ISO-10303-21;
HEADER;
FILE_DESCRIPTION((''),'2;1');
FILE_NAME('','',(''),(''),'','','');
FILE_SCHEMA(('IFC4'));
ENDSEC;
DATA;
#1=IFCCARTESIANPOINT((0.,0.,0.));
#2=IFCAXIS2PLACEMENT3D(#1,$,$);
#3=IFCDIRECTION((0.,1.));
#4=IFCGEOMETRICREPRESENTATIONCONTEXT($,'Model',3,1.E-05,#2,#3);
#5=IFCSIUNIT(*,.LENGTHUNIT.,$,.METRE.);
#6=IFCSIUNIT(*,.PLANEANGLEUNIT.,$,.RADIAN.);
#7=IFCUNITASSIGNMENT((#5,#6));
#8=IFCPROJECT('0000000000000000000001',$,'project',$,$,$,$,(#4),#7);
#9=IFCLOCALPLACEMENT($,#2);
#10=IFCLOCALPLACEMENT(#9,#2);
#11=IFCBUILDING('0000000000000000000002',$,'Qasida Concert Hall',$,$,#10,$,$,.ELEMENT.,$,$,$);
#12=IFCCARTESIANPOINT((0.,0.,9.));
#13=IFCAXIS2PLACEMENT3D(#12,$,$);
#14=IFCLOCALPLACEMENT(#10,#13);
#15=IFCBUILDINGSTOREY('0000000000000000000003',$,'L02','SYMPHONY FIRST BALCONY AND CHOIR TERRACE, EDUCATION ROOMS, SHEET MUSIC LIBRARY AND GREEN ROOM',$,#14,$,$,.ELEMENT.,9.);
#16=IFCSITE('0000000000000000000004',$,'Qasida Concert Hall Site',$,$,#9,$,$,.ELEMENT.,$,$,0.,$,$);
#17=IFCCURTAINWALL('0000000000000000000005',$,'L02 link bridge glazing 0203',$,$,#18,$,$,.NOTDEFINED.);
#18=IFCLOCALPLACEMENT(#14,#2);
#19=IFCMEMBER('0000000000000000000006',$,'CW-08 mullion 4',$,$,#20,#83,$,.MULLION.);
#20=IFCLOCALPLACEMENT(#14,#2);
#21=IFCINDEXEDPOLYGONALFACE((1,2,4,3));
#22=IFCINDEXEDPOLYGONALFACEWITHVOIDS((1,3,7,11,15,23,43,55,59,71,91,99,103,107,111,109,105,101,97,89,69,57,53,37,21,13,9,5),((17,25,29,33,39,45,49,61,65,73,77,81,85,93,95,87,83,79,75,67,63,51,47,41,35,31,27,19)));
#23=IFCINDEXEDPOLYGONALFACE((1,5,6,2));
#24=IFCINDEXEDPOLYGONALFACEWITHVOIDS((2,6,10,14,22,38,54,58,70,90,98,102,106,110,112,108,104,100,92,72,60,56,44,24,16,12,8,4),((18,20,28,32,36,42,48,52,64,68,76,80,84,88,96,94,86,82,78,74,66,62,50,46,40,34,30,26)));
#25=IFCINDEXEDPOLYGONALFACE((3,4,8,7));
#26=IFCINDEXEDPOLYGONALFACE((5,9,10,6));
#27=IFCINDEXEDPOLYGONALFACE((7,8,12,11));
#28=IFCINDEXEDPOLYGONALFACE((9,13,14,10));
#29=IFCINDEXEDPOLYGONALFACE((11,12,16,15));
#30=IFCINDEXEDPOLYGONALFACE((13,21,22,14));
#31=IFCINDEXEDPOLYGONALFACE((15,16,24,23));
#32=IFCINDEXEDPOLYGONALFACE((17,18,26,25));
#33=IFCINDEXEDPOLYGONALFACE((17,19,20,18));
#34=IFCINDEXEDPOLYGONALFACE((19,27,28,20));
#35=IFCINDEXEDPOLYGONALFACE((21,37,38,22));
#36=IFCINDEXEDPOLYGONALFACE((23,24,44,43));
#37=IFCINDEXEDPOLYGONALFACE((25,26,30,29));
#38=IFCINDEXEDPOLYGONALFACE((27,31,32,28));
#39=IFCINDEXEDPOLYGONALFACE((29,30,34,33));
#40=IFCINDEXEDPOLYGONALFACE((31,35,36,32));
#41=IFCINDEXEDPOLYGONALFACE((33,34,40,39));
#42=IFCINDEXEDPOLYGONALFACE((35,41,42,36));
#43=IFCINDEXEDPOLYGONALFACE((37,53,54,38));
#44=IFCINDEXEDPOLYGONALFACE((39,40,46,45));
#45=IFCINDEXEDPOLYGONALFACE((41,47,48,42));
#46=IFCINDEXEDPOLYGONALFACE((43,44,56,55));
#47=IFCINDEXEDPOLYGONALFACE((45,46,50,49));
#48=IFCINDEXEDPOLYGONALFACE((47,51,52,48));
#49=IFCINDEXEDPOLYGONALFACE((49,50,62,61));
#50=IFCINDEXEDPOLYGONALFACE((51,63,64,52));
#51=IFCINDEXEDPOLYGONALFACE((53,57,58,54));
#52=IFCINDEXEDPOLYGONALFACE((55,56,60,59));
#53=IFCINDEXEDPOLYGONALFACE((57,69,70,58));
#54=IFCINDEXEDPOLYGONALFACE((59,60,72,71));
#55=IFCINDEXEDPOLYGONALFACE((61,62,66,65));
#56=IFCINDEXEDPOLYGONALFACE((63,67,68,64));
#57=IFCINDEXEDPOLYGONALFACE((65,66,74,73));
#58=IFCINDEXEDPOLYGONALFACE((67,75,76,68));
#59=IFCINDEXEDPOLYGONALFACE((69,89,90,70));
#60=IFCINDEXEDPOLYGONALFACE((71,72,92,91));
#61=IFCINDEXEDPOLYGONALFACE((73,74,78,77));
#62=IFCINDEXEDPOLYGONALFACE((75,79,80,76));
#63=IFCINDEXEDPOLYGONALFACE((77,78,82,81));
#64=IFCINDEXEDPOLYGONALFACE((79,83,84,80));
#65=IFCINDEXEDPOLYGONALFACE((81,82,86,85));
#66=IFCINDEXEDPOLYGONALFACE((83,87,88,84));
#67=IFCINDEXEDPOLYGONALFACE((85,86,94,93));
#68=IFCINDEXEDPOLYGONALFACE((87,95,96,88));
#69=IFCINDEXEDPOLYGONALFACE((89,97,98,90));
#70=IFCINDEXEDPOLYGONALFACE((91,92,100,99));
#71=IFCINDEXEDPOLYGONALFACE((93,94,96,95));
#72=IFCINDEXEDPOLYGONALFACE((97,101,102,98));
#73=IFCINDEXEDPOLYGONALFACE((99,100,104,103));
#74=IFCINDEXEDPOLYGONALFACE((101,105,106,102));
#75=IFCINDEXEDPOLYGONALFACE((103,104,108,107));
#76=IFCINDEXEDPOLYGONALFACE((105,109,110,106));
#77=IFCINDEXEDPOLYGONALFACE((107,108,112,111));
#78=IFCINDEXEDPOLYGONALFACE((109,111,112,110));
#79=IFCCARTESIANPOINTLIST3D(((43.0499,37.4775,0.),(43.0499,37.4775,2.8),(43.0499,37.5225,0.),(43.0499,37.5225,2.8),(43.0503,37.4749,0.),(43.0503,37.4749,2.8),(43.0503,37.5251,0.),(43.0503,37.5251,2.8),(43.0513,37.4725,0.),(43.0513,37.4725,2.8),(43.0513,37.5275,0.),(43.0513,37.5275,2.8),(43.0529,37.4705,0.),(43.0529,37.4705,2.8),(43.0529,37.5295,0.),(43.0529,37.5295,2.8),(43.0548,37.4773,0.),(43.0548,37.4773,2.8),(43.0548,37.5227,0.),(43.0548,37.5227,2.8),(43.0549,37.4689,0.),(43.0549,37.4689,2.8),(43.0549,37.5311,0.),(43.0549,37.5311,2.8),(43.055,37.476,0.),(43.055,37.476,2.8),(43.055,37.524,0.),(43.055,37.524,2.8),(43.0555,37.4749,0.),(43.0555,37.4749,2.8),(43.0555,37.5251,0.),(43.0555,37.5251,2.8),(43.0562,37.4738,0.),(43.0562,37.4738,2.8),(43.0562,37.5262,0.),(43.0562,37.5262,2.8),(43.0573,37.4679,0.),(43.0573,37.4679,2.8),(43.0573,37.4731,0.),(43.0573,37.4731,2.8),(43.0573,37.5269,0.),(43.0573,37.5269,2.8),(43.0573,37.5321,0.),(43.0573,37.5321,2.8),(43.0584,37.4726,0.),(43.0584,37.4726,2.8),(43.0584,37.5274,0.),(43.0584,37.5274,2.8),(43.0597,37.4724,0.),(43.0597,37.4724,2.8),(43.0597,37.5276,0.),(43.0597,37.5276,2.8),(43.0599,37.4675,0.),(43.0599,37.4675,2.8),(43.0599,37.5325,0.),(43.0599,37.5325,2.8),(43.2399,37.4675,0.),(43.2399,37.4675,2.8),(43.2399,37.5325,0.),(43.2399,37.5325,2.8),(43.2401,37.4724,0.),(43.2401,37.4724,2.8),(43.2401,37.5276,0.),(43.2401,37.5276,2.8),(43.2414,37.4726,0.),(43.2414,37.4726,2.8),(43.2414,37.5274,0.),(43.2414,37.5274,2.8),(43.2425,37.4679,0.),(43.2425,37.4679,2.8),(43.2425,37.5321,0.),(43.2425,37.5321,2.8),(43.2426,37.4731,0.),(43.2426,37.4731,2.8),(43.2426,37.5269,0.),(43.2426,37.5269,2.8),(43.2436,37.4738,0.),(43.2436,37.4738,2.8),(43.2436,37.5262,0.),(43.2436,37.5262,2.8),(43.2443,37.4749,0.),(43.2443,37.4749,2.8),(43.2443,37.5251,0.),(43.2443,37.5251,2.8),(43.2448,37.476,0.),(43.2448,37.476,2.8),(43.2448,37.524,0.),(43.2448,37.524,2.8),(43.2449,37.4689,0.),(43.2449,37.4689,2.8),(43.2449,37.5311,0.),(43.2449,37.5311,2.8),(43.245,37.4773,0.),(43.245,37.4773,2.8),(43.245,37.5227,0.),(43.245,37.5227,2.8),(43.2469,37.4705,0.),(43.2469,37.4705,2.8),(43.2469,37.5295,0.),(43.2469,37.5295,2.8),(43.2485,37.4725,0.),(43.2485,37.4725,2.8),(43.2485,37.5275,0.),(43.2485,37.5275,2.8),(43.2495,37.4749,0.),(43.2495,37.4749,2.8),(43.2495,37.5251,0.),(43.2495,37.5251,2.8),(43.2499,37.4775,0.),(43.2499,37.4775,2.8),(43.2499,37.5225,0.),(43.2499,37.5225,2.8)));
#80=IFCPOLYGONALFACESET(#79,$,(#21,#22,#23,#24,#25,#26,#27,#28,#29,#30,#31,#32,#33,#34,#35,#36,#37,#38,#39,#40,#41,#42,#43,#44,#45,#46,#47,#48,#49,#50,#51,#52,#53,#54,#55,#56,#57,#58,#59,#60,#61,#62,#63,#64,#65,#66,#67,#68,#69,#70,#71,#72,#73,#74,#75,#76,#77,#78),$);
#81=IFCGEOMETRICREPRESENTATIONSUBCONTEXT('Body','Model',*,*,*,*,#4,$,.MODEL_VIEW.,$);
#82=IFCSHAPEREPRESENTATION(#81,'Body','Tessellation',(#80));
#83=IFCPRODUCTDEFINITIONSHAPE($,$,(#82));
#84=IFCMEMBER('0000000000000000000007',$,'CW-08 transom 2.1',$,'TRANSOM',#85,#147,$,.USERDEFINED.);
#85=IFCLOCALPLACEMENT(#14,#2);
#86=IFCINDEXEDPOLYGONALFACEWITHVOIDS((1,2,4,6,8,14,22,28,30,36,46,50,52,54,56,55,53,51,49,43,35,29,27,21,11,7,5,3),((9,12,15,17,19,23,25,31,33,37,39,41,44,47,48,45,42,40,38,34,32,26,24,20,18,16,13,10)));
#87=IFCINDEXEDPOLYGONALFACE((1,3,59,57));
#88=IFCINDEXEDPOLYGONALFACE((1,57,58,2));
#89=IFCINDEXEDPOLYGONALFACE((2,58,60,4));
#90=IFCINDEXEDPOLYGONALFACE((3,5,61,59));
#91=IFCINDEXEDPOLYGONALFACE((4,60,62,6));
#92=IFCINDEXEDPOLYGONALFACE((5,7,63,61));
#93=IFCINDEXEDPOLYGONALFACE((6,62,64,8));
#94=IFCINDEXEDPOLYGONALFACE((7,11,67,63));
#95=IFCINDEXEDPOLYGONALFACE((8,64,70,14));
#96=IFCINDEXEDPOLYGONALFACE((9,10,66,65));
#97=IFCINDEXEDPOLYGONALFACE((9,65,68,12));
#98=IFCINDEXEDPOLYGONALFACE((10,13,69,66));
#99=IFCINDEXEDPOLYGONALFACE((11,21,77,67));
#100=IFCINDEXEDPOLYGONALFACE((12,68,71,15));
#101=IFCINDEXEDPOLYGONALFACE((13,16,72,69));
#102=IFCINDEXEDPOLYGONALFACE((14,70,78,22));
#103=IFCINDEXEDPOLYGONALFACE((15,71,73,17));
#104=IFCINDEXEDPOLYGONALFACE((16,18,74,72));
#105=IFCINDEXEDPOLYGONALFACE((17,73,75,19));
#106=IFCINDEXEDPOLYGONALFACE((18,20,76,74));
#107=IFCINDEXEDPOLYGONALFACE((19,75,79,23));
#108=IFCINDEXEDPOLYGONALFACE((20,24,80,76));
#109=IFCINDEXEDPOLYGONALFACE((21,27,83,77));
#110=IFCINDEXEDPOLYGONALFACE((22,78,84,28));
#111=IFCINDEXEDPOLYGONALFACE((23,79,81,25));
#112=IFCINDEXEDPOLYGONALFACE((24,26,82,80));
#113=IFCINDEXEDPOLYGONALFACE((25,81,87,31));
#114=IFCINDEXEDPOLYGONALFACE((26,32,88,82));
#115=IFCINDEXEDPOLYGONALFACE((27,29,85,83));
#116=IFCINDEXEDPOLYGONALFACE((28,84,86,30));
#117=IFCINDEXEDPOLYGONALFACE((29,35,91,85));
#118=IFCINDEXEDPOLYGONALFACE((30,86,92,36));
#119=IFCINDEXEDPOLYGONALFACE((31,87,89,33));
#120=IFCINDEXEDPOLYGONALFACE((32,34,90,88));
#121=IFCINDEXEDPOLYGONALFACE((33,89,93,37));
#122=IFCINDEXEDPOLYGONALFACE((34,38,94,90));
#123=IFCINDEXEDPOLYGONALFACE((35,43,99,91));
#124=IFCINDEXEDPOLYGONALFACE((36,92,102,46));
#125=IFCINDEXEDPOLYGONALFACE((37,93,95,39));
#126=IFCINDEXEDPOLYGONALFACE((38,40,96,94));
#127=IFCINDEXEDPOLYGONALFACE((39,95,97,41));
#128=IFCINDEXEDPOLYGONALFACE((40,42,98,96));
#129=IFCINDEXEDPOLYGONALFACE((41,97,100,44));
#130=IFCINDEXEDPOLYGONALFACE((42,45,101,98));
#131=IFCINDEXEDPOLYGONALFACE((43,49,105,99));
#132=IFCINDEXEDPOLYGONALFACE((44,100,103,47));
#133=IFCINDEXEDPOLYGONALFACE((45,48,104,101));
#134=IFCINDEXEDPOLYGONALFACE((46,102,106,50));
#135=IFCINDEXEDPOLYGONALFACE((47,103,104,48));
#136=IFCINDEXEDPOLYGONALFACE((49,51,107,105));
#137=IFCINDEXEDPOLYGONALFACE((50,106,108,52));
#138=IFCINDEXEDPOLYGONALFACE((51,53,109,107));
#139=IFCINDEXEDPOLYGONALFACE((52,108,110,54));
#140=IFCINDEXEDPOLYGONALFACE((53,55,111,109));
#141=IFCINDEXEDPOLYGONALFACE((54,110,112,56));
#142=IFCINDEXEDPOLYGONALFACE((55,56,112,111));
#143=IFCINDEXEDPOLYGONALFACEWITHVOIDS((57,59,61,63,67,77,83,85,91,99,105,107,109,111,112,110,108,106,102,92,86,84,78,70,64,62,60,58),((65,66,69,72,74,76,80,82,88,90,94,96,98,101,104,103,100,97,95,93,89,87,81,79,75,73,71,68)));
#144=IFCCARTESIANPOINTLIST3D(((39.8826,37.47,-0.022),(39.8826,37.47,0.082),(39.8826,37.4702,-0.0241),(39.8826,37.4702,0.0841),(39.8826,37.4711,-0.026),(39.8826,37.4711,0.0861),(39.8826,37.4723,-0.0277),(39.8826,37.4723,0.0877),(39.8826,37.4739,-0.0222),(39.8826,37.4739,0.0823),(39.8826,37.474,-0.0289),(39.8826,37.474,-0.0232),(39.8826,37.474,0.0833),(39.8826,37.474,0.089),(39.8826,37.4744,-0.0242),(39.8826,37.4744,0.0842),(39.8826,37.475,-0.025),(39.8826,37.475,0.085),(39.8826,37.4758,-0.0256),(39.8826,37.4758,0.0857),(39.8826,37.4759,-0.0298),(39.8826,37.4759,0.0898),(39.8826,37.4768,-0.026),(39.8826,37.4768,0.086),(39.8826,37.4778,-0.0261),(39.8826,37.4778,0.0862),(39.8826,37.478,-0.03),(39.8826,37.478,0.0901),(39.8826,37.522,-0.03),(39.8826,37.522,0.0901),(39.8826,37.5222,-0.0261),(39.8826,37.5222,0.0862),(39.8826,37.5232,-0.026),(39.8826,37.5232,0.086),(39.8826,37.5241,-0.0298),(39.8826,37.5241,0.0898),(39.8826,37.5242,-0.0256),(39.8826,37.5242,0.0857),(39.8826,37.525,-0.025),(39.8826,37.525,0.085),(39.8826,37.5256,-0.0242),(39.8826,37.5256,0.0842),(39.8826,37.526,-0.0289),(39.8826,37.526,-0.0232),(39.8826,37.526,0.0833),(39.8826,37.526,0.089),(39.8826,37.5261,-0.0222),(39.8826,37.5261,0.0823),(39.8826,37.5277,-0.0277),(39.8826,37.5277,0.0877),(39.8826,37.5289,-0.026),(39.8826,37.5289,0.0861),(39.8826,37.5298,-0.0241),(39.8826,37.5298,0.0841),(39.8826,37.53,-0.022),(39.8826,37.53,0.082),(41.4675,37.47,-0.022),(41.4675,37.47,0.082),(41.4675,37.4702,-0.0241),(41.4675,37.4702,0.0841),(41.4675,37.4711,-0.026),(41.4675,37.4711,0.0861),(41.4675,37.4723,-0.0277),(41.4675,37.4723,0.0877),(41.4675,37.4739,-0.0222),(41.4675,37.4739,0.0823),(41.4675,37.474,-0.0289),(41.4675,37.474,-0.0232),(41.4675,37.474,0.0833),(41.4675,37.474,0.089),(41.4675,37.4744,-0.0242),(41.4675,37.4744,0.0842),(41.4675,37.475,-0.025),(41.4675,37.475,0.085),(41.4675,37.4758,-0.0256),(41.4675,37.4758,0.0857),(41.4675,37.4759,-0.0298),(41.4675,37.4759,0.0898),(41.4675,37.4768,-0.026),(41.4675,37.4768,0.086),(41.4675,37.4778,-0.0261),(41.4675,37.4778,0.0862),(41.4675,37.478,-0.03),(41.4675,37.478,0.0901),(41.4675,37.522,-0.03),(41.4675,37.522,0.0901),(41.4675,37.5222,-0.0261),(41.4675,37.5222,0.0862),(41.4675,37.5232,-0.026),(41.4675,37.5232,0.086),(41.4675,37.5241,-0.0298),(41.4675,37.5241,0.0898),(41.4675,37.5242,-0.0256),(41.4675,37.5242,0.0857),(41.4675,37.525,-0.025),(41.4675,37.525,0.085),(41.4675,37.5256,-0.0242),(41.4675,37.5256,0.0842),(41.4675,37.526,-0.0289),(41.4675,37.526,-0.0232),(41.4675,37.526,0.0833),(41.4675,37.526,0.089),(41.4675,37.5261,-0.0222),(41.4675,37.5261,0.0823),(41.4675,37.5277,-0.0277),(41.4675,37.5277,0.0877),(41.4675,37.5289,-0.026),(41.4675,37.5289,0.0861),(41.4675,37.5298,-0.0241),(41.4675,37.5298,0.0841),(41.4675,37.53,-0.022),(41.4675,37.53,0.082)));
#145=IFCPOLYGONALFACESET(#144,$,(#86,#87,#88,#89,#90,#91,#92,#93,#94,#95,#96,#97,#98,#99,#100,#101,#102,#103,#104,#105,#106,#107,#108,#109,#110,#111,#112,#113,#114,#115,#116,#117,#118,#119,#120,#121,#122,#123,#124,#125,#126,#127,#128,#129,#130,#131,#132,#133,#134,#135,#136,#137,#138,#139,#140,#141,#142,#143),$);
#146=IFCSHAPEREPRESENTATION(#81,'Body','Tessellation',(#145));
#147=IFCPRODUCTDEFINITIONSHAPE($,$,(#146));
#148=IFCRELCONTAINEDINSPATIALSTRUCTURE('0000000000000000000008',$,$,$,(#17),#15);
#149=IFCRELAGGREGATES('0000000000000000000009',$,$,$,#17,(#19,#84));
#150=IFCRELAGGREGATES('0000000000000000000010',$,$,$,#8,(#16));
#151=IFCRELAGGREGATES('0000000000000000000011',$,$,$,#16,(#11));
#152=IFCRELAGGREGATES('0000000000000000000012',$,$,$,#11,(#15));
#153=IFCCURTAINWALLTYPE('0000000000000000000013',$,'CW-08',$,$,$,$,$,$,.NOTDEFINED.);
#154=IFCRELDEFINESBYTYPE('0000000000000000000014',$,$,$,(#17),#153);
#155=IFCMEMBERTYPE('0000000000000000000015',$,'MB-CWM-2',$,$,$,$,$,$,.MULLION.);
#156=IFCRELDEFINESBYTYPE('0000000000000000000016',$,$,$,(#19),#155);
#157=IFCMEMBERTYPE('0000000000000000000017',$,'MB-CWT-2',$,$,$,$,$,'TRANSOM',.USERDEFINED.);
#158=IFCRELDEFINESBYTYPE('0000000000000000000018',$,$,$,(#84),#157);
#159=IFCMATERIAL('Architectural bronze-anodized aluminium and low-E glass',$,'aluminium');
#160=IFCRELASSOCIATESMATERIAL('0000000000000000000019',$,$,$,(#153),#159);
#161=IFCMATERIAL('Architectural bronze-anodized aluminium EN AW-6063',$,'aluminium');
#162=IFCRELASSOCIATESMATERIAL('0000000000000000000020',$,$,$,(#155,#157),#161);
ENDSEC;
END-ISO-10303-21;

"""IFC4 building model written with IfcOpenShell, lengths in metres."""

from ifc_helpers import new_model, si_unit, direction, frame, origin, origin_2d, place, context, subcontext, project, spatial, hollow_rectangle, extrude, material, material_profile, profile_set, type_object, element, aggregate, save


model = new_model("IFC4")

# Units and contexts
model_context = context("Model", 3, precision=1e-05, world=origin(), true_north=direction((0.0, 1.0)))
body_context = subcontext(model_context, "Body", "Model", "MODEL_VIEW")
ifc_project = project(units=[si_unit("LENGTHUNIT", "METRE"), si_unit("PLANEANGLEUNIT", "RADIAN")], contexts=[model_context])

# Site, building, storey
site_placement = place(None, origin())
site = spatial("IfcSite", under=ifc_project, at=site_placement, Name="Qasida Concert Hall Site", CompositionType="ELEMENT", RefElevation=0.0)
building_placement = place(site_placement, origin())
building = spatial("IfcBuilding", under=site, at=building_placement, Name="Qasida Concert Hall", CompositionType="ELEMENT")
storey_placement = place(building_placement, frame((0.0, 0.0, 9.0)))
storey = spatial("IfcBuildingStorey", under=building, at=storey_placement, Name="L02", Description="SYMPHONY FIRST BALCONY AND CHOIR TERRACE, EDUCATION ROOMS, SHEET MUSIC LIBRARY AND GREEN ROOM", CompositionType="ELEMENT", Elevation=9.0)

# Curtain wall, members
ifc_material_1 = material(Name="Architectural bronze-anodized aluminium and low-E glass", Category="aluminium")
curtain_wall_type = type_object("IfcCurtainWallType", Name="CW-08", PredefinedType="NOTDEFINED", material=ifc_material_1)
curtain_wall_placement = place(storey_placement, origin())
curtain_wall = element("IfcCurtainWall", 1, at=curtain_wall_placement, inside=storey, type_object=curtain_wall_type, Name="L02 link bridge glazing 0203", PredefinedType="NOTDEFINED")
ifc_material_2 = material(Name="Architectural bronze-anodized aluminium EN AW-6063", Category="aluminium")
ifc_material_profile_1 = material_profile(ifc_material_2, hollow_rectangle(XDim=0.0649, YDim=0.2, WallThickness=0.0049, InnerFilletRadius=0.0049, OuterFilletRadius=0.01, at=origin_2d()), Name="CWM 200x65x5")
ifc_profile_set_1 = profile_set([ifc_material_profile_1], Name="Architectural bronze-anodized aluminium EN AW-6063")
member_type_1 = type_object("IfcMemberType", Name="MB-CWM-2", PredefinedType="MULLION", material=ifc_profile_set_1)
member_1_placement = place(storey_placement, frame((43.1499, 37.5, 0.0), z_axis=(0.0, 0.0, 1.0), x_axis=(0.0, 1.0, 0.0)))
member_1 = element("IfcMember", 2, at=member_1_placement, type_object=member_type_1, Name="CW-08 mullion 4", PredefinedType="MULLION", context=body_context, shape_type="SweptSolid", body=[
    extrude(hollow_rectangle(XDim=0.0649, YDim=0.2, WallThickness=0.0049, InnerFilletRadius=0.0049, OuterFilletRadius=0.01, at=origin_2d()), origin(), (0.0, 0.0, 1.0), 2.8),
])
ifc_material_profile_2 = material_profile(ifc_material_2, hollow_rectangle(XDim=0.0601, YDim=0.1201, WallThickness=0.0039, InnerFilletRadius=0.0039, OuterFilletRadius=0.0081, at=origin_2d()), Name="CWT 120x60x4")
ifc_profile_set_2 = profile_set([ifc_material_profile_2], Name="Architectural bronze-anodized aluminium EN AW-6063")
member_type_2 = type_object("IfcMemberType", Name="MB-CWT-2", ElementType="TRANSOM", PredefinedType="USERDEFINED", material=ifc_profile_set_2)
member_2_placement = place(storey_placement, frame((39.8826, 37.5, 0.03), z_axis=(1.0, 0.0, 0.0), x_axis=(0.0, 1.0, 0.0)))
member_2 = element("IfcMember", 3, at=member_2_placement, type_object=member_type_2, Name="CW-08 transom 2.1", ObjectType="TRANSOM", PredefinedType="USERDEFINED", context=body_context, shape_type="SweptSolid", body=[
    extrude(hollow_rectangle(XDim=0.0601, YDim=0.1201, WallThickness=0.0039, InnerFilletRadius=0.0039, OuterFilletRadius=0.0081, at=origin_2d()), origin(), (0.0, 0.0, 1.0), 1.585),
])
aggregate(curtain_wall, [member_1, member_2])

save(model, "model.ifc")
